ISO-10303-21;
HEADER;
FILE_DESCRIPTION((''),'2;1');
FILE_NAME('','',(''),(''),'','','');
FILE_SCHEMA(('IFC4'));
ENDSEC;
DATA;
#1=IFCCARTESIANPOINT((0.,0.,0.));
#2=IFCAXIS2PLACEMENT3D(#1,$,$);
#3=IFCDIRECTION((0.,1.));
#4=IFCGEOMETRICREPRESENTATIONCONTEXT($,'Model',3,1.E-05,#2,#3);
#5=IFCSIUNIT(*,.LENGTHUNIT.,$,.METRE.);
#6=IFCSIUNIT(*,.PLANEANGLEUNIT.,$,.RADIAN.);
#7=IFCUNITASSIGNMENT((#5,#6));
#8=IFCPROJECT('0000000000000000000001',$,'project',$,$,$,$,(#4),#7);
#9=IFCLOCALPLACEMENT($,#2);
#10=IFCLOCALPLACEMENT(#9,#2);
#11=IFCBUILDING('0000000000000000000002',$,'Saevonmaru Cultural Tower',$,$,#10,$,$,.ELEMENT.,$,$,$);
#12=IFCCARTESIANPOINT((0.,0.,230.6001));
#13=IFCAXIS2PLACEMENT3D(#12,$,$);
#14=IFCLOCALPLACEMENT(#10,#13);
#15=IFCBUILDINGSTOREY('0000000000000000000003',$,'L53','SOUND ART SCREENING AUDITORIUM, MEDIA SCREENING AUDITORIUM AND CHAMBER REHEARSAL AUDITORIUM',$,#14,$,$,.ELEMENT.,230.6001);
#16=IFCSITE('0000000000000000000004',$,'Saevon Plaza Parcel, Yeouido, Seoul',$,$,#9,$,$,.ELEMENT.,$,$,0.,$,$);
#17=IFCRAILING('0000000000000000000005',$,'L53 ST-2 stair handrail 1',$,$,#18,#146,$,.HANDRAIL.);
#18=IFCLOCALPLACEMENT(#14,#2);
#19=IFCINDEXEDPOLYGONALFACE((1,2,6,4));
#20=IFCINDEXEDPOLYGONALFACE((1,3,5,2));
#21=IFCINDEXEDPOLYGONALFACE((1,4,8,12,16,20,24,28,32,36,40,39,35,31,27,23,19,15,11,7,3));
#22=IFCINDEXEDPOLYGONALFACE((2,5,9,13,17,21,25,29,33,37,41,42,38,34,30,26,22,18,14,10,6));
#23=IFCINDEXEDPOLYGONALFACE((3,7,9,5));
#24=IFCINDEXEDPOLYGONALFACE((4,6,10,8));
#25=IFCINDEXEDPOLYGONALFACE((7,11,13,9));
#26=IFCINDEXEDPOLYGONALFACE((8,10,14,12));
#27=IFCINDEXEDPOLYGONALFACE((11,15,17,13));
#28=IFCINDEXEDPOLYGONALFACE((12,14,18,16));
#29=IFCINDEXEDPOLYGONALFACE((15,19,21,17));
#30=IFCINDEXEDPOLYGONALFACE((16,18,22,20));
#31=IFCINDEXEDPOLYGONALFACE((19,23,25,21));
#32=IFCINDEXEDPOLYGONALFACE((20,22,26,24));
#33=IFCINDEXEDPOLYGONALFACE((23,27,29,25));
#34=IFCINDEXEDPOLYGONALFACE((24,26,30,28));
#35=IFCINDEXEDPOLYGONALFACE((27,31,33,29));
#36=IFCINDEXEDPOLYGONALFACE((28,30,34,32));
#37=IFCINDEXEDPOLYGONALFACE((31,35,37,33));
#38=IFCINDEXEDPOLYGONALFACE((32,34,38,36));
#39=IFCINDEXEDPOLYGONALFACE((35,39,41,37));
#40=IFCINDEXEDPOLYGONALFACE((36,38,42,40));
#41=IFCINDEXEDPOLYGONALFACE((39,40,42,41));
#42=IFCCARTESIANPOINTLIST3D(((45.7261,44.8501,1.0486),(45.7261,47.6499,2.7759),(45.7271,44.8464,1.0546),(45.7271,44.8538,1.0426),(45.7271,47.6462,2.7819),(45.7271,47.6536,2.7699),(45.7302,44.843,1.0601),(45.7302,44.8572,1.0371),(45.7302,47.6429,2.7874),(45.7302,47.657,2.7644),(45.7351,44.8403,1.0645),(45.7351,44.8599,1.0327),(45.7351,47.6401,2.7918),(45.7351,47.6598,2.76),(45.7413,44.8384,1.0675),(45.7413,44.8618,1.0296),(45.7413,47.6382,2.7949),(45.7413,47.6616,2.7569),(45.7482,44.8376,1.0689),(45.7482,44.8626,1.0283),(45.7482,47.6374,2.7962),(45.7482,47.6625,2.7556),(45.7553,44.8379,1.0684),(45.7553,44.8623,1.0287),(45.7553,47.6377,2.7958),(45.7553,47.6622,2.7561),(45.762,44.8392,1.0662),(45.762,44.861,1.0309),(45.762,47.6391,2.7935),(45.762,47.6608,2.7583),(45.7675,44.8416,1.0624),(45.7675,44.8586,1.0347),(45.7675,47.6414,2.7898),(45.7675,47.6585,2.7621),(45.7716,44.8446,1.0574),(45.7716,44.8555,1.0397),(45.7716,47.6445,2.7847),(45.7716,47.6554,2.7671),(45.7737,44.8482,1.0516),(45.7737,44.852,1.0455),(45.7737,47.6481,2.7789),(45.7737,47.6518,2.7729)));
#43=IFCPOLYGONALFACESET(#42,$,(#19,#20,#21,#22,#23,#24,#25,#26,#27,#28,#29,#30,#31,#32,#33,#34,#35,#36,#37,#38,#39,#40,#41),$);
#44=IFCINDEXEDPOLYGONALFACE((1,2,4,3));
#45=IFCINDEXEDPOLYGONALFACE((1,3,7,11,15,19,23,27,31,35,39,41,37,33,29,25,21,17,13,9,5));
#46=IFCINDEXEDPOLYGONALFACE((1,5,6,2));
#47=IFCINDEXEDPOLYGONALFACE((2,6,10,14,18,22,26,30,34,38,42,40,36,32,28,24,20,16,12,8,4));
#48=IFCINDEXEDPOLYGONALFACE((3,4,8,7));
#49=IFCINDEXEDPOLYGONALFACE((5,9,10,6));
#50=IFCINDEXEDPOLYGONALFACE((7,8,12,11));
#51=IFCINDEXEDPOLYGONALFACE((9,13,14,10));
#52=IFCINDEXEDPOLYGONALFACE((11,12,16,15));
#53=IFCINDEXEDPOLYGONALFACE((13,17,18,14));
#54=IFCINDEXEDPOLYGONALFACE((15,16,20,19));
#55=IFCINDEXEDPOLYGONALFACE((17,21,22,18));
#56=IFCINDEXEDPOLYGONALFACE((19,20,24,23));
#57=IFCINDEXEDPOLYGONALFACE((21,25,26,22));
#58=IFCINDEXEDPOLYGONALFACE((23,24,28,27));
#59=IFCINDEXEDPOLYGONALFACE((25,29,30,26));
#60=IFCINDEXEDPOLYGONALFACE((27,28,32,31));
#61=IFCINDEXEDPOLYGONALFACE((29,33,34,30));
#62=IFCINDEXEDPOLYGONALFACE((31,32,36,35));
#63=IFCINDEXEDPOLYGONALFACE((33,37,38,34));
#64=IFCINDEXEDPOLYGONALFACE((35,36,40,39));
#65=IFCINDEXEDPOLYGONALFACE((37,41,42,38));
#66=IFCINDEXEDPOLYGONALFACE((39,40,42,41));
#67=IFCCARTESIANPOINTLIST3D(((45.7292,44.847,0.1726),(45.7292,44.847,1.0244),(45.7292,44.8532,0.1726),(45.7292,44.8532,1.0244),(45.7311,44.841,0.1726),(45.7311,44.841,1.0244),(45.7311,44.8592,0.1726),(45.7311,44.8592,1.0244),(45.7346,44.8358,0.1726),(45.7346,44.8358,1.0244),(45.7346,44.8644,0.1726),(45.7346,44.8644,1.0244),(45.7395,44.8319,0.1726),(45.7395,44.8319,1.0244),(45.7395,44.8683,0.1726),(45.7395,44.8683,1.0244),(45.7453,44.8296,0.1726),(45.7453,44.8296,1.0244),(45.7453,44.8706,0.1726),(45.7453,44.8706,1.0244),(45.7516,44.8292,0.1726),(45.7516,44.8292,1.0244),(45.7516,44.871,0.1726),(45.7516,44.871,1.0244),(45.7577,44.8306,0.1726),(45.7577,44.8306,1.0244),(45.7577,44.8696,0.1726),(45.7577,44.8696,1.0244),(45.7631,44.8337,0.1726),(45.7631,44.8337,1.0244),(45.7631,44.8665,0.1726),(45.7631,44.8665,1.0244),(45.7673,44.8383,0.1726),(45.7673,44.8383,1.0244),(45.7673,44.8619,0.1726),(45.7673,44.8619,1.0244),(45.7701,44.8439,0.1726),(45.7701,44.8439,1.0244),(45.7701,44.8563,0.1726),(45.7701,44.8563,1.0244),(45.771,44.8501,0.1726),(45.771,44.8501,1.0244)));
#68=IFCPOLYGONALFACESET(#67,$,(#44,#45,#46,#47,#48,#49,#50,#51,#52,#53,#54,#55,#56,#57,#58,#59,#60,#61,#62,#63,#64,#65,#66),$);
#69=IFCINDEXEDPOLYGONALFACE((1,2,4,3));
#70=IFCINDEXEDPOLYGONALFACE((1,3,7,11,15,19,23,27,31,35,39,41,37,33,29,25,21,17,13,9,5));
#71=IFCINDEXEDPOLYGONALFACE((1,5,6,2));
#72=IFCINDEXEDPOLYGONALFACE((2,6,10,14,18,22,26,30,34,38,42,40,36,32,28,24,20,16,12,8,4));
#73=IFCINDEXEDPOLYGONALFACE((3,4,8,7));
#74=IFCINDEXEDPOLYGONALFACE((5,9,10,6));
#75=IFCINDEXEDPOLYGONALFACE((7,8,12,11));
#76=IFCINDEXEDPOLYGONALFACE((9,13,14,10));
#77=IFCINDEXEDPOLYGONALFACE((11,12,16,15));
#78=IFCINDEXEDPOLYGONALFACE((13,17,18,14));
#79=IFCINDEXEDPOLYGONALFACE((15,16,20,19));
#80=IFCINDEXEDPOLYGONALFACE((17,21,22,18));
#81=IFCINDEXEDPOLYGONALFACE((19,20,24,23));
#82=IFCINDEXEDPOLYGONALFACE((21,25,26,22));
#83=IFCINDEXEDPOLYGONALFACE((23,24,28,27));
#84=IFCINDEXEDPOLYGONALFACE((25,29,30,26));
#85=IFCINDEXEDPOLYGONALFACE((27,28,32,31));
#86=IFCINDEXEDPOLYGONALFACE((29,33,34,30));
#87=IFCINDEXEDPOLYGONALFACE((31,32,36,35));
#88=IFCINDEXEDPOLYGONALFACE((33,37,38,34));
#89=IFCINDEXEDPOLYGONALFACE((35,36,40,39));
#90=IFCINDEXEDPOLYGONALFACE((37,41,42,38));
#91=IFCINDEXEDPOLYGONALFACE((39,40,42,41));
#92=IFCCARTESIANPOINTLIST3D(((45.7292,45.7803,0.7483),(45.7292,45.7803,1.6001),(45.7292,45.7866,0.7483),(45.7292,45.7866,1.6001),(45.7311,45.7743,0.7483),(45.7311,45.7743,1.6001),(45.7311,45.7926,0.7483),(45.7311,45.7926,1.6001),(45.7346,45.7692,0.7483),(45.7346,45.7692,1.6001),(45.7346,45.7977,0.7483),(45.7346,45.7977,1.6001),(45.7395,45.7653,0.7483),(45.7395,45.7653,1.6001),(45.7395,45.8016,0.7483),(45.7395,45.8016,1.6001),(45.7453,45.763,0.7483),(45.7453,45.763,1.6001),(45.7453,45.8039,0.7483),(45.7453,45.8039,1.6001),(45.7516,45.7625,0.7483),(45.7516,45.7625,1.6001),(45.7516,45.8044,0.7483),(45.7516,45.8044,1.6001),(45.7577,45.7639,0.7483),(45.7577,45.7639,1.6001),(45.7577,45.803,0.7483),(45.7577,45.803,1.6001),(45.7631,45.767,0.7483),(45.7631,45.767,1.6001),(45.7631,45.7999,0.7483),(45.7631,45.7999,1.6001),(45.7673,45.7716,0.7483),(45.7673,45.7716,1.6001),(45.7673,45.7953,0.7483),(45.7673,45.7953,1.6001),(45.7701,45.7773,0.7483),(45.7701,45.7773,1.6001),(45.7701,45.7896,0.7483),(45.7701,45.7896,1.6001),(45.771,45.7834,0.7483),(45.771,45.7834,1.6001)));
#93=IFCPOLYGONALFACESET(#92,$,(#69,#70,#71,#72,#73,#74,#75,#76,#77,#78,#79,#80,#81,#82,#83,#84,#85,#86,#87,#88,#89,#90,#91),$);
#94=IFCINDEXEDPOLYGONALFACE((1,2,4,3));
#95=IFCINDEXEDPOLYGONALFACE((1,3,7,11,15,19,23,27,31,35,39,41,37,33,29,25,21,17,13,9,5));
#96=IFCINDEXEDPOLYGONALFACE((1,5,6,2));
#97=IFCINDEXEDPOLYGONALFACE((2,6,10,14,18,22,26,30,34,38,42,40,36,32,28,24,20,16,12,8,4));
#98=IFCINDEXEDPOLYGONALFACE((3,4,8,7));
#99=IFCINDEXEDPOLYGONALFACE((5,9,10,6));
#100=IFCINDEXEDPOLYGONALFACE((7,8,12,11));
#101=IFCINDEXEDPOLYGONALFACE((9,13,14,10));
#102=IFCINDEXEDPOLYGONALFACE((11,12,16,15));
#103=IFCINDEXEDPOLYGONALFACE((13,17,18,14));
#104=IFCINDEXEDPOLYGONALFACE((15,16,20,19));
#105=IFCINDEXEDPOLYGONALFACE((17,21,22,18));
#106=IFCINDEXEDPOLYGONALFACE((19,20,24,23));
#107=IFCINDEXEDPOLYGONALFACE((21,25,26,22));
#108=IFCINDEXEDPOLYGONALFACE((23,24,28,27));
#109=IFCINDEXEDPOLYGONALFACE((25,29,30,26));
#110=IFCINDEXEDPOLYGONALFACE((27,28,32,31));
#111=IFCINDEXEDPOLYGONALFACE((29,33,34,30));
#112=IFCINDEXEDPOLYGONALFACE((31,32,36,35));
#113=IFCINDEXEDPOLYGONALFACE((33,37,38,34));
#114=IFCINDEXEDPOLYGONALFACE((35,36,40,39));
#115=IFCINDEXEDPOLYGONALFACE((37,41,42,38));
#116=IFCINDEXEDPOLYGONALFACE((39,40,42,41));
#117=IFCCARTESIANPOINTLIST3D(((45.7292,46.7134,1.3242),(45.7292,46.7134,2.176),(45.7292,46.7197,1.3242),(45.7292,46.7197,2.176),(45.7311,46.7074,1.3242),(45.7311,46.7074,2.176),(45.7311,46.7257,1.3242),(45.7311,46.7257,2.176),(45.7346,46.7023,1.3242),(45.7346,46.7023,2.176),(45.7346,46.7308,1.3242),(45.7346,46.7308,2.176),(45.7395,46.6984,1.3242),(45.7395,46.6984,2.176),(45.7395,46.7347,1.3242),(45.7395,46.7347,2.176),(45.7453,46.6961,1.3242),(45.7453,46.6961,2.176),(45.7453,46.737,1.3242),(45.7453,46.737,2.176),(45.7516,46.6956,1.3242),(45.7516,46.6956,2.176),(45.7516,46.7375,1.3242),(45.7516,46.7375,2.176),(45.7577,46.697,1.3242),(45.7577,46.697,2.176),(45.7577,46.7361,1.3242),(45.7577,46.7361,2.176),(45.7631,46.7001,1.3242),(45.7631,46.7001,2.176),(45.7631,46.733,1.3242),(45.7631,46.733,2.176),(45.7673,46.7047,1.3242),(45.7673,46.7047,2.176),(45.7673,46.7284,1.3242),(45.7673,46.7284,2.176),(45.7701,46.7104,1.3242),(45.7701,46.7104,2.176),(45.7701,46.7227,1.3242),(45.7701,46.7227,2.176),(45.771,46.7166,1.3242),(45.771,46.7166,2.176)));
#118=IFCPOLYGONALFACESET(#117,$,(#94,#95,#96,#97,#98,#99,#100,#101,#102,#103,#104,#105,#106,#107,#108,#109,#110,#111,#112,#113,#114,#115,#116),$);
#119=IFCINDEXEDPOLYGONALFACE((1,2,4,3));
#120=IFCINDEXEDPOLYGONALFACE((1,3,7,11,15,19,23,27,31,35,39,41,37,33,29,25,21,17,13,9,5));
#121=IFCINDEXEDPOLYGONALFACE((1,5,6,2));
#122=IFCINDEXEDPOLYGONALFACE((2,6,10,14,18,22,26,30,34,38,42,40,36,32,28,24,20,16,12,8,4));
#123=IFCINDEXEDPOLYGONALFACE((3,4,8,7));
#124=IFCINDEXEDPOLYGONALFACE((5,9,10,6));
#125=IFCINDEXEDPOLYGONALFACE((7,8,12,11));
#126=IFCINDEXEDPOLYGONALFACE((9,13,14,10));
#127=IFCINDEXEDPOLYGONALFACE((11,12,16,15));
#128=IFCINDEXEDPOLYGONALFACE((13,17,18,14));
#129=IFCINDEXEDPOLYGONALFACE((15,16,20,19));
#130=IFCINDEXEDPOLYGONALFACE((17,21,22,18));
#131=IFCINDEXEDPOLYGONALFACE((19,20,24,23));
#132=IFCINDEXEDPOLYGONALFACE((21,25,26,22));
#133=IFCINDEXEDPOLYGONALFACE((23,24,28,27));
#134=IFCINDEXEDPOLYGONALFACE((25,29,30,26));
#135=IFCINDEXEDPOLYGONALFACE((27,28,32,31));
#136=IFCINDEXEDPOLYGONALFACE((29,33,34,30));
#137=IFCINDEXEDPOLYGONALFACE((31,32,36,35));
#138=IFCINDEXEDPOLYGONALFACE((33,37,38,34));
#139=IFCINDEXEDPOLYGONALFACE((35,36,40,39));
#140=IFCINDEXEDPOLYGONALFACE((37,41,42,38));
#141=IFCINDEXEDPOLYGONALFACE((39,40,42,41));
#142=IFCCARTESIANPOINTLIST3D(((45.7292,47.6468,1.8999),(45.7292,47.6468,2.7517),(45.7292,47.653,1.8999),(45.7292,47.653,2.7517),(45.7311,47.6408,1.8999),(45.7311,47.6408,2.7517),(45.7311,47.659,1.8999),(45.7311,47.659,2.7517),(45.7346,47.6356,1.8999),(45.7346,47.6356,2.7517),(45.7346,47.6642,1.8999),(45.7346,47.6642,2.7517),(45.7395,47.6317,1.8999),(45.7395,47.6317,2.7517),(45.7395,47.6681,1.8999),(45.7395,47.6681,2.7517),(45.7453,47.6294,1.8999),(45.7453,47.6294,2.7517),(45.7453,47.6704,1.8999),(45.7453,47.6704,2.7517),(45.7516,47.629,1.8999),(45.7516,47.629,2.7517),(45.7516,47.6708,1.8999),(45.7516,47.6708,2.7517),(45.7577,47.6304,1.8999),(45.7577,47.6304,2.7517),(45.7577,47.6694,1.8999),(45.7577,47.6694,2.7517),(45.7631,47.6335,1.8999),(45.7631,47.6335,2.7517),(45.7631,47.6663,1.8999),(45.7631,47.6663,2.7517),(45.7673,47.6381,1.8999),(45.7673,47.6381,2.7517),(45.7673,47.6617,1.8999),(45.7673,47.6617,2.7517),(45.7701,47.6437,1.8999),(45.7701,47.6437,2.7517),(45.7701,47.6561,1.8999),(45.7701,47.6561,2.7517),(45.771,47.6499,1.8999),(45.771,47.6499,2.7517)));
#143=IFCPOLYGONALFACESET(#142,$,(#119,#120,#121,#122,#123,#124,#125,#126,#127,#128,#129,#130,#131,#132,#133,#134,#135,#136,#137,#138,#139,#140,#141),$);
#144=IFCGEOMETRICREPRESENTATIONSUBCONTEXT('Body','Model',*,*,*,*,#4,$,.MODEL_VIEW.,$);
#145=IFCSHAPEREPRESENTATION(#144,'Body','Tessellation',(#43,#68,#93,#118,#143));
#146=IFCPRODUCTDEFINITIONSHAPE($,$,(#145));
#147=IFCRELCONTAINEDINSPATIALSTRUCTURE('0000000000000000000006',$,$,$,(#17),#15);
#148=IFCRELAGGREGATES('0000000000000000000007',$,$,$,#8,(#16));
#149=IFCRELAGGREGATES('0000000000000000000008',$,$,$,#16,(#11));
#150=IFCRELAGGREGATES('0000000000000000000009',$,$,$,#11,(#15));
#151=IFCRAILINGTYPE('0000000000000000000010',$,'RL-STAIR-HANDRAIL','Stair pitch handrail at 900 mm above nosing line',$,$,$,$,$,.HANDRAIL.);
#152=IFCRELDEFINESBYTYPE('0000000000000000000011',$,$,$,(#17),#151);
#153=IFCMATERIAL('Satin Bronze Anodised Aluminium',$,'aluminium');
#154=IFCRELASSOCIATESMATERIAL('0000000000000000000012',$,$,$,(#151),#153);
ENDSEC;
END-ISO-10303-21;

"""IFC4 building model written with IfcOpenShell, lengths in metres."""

from ifc_helpers import new_model, si_unit, direction, frame, origin, origin_2d, place, context, subcontext, project, spatial, circle, extrude, material, type_object, element, save


model = new_model("IFC4")

# Units and contexts
model_context = context("Model", 3, precision=1e-05, world=origin(), true_north=direction((0.0, 1.0)))
body_context = subcontext(model_context, "Body", "Model", "MODEL_VIEW")
ifc_project = project(units=[si_unit("LENGTHUNIT", "METRE"), si_unit("PLANEANGLEUNIT", "RADIAN")], contexts=[model_context])

# Site, building, storey
site_placement = place(None, origin())
site = spatial("IfcSite", under=ifc_project, at=site_placement, Name="Saevon Plaza Parcel, Yeouido, Seoul", CompositionType="ELEMENT", RefElevation=0.0)
building_placement = place(site_placement, origin())
building = spatial("IfcBuilding", under=site, at=building_placement, Name="Saevonmaru Cultural Tower", CompositionType="ELEMENT")
storey_placement = place(building_placement, frame((0.0, 0.0, 230.6001)))
storey = spatial("IfcBuildingStorey", under=building, at=storey_placement, Name="L53", Description="SOUND ART SCREENING AUDITORIUM, MEDIA SCREENING AUDITORIUM AND CHAMBER REHEARSAL AUDITORIUM", CompositionType="ELEMENT", Elevation=230.6001)

# Shared definitions
ifc_material_1 = material(Name="Satin Bronze Anodised Aluminium", Category="aluminium")

# Railing
railing_type_1 = type_object("IfcRailingType", Name="RL-STAIR-HANDRAIL", Description="Stair pitch handrail at 900 mm above nosing line", PredefinedType="HANDRAIL", material=ifc_material_1)
railing_1_placement = place(storey_placement, frame((45.75, 44.8501, 0.1726)))
element("IfcRailing", 1, at=railing_1_placement, inside=storey, type_object=railing_type_1, Name="L53 ST-2 stair handrail 1", PredefinedType="HANDRAIL", context=body_context, shape_type="SweptSolid", body=[
    extrude(circle(Radius=0.0239, at=origin_2d()), frame((0.0, 0.0, 0.876), z_axis=(0.0, 0.851069, 0.525054), x_axis=(-1.0, 0.0, 0.0)), (0.0, 0.0, 1.0), 3.2898),
    extrude(circle(Radius=0.021, at=origin_2d()), origin(), (0.0, 0.0, 1.0), 0.8518),
    extrude(circle(Radius=0.021, at=origin_2d()), frame((0.0, 0.9333, 0.5757)), (0.0, 0.0, 1.0), 0.8518),
    extrude(circle(Radius=0.021, at=origin_2d()), frame((0.0, 1.8665, 1.1516)), (0.0, 0.0, 1.0), 0.8518),
    extrude(circle(Radius=0.021, at=origin_2d()), frame((0.0, 2.7998, 1.7273)), (0.0, 0.0, 1.0), 0.8518),
])

save(model, "model.ifc")
